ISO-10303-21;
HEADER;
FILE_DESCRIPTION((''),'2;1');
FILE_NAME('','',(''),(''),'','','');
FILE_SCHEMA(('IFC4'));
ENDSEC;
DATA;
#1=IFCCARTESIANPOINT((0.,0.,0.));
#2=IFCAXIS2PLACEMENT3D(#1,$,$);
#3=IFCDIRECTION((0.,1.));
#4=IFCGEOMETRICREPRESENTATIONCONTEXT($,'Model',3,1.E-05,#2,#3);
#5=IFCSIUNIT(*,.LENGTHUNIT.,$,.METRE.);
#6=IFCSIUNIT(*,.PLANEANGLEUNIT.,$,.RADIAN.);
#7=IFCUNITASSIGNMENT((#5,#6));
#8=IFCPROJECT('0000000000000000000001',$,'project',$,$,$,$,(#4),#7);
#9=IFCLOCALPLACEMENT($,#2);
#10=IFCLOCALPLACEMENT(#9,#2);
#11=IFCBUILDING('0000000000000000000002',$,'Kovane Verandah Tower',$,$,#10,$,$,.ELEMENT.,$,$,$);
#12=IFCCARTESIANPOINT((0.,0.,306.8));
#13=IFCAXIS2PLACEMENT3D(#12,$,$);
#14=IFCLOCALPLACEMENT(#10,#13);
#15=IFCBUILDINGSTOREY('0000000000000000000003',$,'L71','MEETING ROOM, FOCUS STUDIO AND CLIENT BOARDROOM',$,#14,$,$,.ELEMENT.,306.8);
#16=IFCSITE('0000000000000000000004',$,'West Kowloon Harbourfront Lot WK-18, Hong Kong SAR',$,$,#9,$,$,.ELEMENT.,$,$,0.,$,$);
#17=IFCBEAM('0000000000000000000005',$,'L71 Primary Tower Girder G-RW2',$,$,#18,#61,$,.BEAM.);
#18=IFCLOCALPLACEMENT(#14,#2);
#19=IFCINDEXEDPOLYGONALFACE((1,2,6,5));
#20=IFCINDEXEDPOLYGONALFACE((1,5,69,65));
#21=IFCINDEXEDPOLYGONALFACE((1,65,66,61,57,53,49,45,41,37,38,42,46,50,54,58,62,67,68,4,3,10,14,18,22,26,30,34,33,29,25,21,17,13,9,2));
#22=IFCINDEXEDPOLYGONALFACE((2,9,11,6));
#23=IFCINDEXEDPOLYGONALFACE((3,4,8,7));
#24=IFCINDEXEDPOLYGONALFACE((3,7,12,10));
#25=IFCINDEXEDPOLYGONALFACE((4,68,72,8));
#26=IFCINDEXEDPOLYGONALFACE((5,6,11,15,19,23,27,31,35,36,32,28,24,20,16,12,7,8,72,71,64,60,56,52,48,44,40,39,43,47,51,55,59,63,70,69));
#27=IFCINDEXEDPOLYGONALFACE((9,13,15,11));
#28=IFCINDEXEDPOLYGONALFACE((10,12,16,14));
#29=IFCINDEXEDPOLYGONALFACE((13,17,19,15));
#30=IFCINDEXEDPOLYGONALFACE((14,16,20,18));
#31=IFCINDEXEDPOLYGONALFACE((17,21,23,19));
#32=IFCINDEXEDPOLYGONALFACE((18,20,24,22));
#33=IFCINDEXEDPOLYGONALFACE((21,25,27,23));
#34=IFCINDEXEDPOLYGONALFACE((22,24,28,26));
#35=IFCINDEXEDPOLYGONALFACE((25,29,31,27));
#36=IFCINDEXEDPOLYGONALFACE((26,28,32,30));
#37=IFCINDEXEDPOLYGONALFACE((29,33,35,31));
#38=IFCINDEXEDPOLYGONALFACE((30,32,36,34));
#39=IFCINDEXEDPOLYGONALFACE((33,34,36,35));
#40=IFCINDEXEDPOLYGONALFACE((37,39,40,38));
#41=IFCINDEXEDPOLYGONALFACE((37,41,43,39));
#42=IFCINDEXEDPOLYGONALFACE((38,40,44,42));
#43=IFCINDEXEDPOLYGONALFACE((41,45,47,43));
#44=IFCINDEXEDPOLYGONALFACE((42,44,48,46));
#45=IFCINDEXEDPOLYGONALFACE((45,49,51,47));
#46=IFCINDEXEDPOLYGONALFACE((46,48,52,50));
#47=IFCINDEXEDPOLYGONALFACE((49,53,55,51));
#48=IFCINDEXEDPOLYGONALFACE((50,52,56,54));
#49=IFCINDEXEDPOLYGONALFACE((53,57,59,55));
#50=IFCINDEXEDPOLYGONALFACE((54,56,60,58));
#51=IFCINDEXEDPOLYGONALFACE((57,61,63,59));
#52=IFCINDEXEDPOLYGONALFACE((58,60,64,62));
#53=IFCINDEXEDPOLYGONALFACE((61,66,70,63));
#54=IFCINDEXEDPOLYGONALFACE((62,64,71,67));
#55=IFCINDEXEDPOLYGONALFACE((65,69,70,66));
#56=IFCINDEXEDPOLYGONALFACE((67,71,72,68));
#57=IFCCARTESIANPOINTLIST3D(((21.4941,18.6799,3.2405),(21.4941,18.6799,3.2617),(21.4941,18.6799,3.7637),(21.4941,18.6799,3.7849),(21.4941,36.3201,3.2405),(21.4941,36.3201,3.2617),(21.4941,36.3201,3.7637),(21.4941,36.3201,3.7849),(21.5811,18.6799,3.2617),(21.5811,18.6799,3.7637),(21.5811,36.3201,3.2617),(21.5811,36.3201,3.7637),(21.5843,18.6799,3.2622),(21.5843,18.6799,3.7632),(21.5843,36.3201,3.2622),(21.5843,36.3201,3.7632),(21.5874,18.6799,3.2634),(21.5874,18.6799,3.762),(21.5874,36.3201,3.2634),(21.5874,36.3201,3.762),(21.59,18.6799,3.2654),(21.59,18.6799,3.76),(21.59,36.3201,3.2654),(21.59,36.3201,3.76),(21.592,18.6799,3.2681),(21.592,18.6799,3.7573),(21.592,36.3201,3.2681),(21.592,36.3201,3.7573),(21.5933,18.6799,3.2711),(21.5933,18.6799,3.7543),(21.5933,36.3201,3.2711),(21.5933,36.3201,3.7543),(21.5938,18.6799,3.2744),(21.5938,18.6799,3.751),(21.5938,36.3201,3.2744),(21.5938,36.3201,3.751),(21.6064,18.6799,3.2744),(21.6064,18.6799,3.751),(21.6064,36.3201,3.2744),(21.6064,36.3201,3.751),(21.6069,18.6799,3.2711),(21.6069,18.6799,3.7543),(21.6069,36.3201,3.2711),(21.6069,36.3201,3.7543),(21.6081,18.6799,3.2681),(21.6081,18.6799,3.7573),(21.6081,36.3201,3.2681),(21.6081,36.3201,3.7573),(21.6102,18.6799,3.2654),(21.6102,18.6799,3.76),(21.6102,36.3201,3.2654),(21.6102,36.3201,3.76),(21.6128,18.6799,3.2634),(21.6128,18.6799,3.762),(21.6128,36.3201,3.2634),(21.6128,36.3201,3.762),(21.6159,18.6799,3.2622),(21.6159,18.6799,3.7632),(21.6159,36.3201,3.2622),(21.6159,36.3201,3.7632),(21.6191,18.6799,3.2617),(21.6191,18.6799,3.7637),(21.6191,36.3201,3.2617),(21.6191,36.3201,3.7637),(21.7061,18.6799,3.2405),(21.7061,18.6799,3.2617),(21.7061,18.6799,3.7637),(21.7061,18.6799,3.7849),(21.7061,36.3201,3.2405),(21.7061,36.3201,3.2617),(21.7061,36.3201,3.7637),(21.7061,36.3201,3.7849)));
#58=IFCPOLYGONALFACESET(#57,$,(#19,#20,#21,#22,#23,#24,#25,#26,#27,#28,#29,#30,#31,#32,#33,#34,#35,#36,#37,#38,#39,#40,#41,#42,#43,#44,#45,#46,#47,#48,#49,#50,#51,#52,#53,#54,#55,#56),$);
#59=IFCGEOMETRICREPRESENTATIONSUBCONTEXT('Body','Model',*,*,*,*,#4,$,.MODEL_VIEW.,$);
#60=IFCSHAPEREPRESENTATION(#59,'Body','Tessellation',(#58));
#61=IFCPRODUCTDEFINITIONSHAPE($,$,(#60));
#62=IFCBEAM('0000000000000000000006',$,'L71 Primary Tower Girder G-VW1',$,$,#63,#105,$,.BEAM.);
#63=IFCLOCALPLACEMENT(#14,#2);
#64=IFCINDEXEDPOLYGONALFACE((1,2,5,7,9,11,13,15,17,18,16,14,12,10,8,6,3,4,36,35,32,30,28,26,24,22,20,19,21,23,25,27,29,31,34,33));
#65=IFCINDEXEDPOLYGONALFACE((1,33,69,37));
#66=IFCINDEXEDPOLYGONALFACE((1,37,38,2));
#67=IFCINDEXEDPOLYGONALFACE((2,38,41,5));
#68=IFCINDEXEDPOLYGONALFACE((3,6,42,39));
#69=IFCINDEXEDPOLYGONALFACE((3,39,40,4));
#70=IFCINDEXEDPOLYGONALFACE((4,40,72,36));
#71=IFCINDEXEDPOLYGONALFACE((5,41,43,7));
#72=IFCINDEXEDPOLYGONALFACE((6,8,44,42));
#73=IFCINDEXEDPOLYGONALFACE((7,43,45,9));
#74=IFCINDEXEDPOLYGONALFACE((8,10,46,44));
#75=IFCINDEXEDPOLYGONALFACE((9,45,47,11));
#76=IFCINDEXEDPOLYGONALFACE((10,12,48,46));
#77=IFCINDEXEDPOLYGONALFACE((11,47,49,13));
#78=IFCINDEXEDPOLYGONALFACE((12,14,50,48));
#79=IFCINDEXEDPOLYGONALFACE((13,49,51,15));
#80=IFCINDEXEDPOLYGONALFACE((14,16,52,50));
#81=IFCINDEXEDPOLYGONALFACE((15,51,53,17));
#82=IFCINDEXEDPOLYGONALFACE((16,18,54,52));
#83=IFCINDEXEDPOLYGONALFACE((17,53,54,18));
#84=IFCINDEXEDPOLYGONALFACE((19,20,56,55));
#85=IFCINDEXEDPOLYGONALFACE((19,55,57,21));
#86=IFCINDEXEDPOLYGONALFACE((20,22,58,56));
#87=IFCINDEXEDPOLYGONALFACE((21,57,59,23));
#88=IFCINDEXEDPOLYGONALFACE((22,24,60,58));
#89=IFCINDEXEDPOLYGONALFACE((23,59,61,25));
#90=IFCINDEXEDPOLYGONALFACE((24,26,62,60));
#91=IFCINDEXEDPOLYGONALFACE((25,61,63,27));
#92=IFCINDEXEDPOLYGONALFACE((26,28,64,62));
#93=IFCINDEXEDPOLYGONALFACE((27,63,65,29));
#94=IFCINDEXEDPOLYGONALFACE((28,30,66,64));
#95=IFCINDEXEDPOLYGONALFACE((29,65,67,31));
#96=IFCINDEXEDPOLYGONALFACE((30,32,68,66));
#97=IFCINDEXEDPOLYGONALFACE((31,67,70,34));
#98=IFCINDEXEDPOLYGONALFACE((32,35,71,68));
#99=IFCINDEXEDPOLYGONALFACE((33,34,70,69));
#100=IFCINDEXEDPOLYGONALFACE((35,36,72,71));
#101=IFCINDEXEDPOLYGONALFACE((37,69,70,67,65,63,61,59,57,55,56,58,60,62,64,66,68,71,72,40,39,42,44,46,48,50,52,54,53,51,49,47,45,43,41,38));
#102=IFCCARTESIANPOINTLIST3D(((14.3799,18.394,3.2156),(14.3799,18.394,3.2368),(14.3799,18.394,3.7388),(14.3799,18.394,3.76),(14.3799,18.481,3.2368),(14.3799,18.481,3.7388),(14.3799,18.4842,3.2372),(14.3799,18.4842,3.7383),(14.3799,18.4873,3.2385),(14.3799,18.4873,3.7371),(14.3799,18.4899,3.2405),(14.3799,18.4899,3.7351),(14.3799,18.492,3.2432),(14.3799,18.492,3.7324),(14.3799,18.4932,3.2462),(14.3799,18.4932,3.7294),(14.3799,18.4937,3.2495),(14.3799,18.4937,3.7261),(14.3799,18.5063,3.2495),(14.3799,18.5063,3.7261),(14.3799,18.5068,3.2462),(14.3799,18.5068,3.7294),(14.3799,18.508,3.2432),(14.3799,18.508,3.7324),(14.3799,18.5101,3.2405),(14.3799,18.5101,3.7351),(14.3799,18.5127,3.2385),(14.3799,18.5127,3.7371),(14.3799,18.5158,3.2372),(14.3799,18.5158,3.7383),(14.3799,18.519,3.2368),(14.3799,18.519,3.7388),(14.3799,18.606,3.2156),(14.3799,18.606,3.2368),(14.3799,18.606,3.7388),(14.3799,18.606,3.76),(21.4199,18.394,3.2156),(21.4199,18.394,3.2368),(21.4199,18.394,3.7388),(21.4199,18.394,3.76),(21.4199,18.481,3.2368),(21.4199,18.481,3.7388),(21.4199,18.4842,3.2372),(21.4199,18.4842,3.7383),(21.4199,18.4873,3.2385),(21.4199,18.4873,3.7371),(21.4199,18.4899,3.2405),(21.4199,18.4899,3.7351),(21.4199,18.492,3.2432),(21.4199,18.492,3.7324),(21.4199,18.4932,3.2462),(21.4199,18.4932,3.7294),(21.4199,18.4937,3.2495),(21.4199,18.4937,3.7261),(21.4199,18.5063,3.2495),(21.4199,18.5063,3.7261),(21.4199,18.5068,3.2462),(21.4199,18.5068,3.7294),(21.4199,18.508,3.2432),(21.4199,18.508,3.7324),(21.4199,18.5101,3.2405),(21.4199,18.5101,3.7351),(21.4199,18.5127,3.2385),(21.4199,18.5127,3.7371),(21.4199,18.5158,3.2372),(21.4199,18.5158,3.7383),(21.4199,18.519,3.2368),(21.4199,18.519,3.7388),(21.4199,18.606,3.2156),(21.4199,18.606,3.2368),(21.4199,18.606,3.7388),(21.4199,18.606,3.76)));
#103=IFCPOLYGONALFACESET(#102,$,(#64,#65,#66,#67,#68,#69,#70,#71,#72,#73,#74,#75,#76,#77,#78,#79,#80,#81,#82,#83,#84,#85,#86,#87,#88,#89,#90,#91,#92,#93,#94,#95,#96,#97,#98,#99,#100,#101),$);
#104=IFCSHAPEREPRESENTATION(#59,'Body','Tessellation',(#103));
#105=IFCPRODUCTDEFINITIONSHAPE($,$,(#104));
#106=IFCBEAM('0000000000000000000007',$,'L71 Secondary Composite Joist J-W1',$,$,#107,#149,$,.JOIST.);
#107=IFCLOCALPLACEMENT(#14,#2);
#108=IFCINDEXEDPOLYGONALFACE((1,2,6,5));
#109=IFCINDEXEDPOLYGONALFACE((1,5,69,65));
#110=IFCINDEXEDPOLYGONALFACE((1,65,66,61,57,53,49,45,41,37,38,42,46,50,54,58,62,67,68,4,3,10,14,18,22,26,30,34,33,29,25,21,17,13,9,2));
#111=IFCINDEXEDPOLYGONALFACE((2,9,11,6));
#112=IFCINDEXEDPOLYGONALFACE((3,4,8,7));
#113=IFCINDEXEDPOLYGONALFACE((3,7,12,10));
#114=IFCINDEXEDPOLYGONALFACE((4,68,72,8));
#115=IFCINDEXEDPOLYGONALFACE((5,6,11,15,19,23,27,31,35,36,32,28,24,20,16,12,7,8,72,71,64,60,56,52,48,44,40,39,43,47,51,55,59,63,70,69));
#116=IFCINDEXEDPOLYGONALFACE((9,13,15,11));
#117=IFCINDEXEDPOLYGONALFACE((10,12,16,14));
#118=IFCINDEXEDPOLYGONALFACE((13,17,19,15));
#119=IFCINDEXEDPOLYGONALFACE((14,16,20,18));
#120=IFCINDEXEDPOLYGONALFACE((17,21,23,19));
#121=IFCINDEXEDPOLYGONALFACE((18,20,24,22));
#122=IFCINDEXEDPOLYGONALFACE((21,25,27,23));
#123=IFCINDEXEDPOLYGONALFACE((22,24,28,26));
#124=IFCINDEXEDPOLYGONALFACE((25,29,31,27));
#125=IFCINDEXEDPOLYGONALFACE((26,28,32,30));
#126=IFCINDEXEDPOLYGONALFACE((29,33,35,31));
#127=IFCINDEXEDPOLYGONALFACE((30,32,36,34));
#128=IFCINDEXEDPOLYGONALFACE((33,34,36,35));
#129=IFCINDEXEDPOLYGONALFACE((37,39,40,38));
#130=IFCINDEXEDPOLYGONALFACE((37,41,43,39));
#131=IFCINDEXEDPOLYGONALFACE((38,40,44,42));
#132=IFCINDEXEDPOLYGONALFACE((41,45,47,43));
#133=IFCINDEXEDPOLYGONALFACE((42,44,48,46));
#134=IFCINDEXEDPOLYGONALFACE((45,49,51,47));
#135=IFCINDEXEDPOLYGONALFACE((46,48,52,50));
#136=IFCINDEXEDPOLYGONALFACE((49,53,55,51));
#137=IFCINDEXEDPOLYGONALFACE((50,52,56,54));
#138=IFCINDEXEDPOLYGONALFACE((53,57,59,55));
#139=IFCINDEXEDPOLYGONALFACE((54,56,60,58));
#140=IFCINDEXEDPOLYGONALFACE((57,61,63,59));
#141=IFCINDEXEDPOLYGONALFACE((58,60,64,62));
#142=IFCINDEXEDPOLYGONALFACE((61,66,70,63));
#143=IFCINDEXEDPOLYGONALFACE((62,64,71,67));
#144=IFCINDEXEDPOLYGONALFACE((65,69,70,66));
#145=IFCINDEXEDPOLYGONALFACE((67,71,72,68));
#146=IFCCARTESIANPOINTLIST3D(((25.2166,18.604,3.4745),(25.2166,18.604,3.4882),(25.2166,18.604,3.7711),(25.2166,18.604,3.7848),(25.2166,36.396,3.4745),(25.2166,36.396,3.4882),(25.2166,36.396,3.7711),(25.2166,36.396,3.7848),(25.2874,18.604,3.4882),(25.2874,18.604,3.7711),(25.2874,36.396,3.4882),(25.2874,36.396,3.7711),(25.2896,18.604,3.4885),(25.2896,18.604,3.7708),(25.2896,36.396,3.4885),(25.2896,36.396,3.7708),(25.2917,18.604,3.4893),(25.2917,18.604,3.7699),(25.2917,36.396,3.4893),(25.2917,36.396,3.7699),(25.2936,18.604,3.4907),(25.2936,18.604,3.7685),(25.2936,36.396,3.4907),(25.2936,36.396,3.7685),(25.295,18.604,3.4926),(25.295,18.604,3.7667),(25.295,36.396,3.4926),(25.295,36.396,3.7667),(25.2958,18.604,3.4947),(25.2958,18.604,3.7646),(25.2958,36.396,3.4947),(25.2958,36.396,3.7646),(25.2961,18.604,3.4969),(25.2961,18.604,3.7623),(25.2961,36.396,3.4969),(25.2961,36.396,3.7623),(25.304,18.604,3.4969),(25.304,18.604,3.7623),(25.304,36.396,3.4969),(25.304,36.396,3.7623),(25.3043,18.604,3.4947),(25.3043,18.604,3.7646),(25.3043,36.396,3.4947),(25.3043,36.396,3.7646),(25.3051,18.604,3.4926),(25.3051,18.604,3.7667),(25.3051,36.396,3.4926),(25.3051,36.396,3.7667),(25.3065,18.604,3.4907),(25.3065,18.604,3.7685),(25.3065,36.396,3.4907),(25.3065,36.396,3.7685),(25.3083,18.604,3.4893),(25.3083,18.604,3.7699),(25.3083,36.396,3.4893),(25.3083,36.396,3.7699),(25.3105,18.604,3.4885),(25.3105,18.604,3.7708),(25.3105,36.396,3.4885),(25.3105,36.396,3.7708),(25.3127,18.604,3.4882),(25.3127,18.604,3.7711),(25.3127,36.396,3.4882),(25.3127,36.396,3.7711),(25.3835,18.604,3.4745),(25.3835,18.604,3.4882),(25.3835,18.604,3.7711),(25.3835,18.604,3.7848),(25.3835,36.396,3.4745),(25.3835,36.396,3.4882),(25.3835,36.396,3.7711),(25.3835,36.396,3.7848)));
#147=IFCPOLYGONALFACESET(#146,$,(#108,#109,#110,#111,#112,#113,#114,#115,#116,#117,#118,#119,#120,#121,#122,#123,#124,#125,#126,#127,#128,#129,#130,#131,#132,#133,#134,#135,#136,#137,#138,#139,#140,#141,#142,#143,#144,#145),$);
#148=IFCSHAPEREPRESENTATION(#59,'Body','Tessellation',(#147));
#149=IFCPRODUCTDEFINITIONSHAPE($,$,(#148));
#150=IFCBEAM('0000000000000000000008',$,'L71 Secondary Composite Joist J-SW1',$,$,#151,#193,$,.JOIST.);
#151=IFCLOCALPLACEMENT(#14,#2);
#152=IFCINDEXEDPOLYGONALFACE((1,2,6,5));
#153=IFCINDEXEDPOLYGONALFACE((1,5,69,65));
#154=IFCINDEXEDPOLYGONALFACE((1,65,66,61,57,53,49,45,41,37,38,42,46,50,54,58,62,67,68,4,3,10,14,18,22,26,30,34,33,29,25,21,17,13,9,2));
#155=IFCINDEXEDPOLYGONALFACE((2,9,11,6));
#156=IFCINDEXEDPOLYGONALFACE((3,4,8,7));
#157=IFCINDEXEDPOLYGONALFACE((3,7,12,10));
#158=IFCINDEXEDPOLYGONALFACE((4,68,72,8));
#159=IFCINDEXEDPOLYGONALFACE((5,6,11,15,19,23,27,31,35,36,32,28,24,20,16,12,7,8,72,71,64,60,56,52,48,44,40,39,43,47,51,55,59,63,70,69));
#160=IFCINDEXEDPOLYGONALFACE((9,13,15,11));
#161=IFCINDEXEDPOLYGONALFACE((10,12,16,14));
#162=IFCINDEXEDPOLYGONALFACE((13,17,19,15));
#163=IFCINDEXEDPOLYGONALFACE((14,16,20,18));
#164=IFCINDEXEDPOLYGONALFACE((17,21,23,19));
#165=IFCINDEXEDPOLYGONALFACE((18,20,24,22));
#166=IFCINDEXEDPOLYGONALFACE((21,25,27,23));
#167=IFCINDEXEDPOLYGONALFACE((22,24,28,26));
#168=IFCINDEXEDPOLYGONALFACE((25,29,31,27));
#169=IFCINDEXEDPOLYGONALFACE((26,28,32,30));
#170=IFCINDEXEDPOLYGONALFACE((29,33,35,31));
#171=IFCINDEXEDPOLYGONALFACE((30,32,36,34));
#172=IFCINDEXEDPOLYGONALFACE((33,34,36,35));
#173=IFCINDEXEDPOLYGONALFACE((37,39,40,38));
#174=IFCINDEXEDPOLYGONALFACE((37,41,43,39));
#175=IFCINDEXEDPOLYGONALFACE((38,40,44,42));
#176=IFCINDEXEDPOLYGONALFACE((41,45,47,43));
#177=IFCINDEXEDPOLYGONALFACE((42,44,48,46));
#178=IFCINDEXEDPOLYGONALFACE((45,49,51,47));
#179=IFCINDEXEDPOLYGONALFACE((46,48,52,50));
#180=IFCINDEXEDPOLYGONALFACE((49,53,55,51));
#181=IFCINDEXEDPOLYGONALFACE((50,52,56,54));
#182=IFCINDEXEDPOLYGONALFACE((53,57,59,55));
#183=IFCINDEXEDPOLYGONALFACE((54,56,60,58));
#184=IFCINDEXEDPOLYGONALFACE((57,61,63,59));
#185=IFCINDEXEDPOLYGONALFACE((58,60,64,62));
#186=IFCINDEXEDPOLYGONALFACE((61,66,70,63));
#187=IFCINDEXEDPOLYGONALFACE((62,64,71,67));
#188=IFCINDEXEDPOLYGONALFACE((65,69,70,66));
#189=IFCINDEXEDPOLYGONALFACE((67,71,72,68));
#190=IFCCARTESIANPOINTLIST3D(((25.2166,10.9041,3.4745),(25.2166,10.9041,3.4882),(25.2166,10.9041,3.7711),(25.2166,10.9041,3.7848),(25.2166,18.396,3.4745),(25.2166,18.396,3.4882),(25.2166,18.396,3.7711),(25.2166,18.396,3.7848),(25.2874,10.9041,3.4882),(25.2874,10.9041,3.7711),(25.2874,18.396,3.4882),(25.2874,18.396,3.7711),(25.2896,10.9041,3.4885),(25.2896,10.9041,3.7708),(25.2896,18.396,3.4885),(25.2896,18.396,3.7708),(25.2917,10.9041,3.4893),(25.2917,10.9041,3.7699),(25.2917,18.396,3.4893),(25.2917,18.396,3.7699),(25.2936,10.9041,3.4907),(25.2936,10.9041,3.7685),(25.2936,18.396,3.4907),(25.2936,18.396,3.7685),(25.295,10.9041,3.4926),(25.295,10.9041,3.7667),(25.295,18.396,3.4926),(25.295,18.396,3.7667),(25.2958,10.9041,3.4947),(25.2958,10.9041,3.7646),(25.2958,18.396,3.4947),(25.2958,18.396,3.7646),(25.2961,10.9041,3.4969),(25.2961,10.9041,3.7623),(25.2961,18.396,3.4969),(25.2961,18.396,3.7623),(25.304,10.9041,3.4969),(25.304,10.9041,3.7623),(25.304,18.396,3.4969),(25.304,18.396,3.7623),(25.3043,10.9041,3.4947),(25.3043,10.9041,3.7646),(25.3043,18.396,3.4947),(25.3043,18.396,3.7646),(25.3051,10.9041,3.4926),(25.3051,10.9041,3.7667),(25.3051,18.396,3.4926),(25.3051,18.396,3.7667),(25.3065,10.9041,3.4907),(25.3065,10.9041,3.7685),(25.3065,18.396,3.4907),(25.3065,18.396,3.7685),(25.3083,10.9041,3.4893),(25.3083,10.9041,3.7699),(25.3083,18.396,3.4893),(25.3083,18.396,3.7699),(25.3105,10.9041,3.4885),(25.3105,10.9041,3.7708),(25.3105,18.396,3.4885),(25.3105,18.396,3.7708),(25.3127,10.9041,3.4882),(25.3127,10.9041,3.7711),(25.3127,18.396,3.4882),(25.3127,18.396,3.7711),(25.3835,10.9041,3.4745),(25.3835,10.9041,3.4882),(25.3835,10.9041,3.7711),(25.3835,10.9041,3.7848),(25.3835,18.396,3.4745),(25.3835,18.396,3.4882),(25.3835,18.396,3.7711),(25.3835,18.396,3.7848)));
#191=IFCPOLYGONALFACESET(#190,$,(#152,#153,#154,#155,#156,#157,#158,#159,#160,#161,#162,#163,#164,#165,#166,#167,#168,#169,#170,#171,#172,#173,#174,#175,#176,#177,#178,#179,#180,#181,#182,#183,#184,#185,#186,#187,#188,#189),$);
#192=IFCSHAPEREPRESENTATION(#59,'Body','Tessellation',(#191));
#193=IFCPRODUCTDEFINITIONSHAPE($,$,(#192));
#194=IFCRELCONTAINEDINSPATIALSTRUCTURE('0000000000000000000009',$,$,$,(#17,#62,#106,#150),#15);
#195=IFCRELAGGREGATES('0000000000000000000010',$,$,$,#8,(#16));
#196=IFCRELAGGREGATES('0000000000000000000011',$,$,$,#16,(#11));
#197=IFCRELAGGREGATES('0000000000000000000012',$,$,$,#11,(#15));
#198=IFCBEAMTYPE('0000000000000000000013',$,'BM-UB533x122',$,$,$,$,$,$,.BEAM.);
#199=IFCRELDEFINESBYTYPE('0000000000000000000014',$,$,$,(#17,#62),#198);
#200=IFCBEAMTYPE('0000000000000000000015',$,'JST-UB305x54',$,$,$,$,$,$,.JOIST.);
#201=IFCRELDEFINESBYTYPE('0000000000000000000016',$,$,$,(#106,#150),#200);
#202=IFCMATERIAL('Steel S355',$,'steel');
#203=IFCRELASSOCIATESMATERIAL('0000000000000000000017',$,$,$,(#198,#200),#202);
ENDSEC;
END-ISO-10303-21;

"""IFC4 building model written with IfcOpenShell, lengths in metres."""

from ifc_helpers import new_model, si_unit, direction, frame, origin, origin_2d, place, context, subcontext, project, spatial, i_section, extrude, material, material_profile, profile_set, type_object, element, save


model = new_model("IFC4")

# Units and contexts
model_context = context("Model", 3, precision=1e-05, world=origin(), true_north=direction((0.0, 1.0)))
body_context = subcontext(model_context, "Body", "Model", "MODEL_VIEW")
ifc_project = project(units=[si_unit("LENGTHUNIT", "METRE"), si_unit("PLANEANGLEUNIT", "RADIAN")], contexts=[model_context])

# Site, building, storey
site_placement = place(None, origin())
site = spatial("IfcSite", under=ifc_project, at=site_placement, Name="West Kowloon Harbourfront Lot WK-18, Hong Kong SAR", CompositionType="ELEMENT", RefElevation=0.0)
building_placement = place(site_placement, origin())
building = spatial("IfcBuilding", under=site, at=building_placement, Name="Kovane Verandah Tower", CompositionType="ELEMENT")
storey_placement = place(building_placement, frame((0.0, 0.0, 306.8)))
storey = spatial("IfcBuildingStorey", under=building, at=storey_placement, Name="L71", Description="MEETING ROOM, FOCUS STUDIO AND CLIENT BOARDROOM", CompositionType="ELEMENT", Elevation=306.8)

# Beams
ifc_material_1 = material(Name="Steel S355", Category="steel")
ifc_material_profile_1 = material_profile(ifc_material_1, i_section(OverallWidth=0.2119, OverallDepth=0.5444, WebThickness=0.0127, FlangeThickness=0.0212, FilletRadius=0.0127, at=origin_2d()), Name="UB533x210x122")
ifc_profile_set_1 = profile_set([ifc_material_profile_1], Name="Steel S355")
beam_type_1 = type_object("IfcBeamType", Name="BM-UB533x122", PredefinedType="BEAM", material=ifc_profile_set_1)
beam_1_placement = place(storey_placement, frame((21.6001, 18.6799, 3.5127), z_axis=(0.0, 1.0, 0.0), x_axis=(-1.0, 0.0, 0.0)))
element("IfcBeam", 1, at=beam_1_placement, inside=storey, type_object=beam_type_1, Name="L71 Primary Tower Girder G-RW2", PredefinedType="BEAM", context=body_context, shape_type="SweptSolid", body=[
    extrude(i_section(OverallWidth=0.2119, OverallDepth=0.5444, WebThickness=0.0127, FlangeThickness=0.0212, FilletRadius=0.0127, at=origin_2d()), origin(), (0.0, 0.0, 1.0), 17.6401),
])
beam_2_placement = place(storey_placement, frame((21.4199, 18.5, 3.4878), z_axis=(-1.0, 0.0, 0.0), x_axis=(0.0, -1.0, 0.0)))
element("IfcBeam", 2, at=beam_2_placement, inside=storey, type_object=beam_type_1, Name="L71 Primary Tower Girder G-VW1", PredefinedType="BEAM", context=body_context, shape_type="SweptSolid", body=[
    extrude(i_section(OverallWidth=0.2119, OverallDepth=0.5444, WebThickness=0.0127, FlangeThickness=0.0212, FilletRadius=0.0127, at=origin_2d()), origin(), (0.0, 0.0, 1.0), 7.04),
])
ifc_material_profile_2 = material_profile(ifc_material_1, i_section(OverallWidth=0.167, OverallDepth=0.3103, WebThickness=0.0078, FlangeThickness=0.0137, FilletRadius=0.0088, at=origin_2d()), Name="UB305x165x54")
ifc_profile_set_2 = profile_set([ifc_material_profile_2], Name="Steel S355")
beam_type_2 = type_object("IfcBeamType", Name="JST-UB305x54", PredefinedType="JOIST", material=ifc_profile_set_2)
beam_3_placement = place(storey_placement, frame((25.3, 18.604, 3.6296), z_axis=(0.0, 1.0, 0.0), x_axis=(-1.0, 0.0, 0.0)))
element("IfcBeam", 3, at=beam_3_placement, inside=storey, type_object=beam_type_2, Name="L71 Secondary Composite Joist J-W1", PredefinedType="JOIST", context=body_context, shape_type="SweptSolid", body=[
    extrude(i_section(OverallWidth=0.167, OverallDepth=0.3103, WebThickness=0.0078, FlangeThickness=0.0137, FilletRadius=0.0088, at=origin_2d()), origin(), (0.0, 0.0, 1.0), 17.792),
])
beam_4_placement = place(storey_placement, frame((25.3, 10.9041, 3.6296), z_axis=(0.0, 1.0, 0.0), x_axis=(-1.0, 0.0, 0.0)))
element("IfcBeam", 4, at=beam_4_placement, inside=storey, type_object=beam_type_2, Name="L71 Secondary Composite Joist J-SW1", PredefinedType="JOIST", context=body_context, shape_type="SweptSolid", body=[
    extrude(i_section(OverallWidth=0.167, OverallDepth=0.3103, WebThickness=0.0078, FlangeThickness=0.0137, FilletRadius=0.0088, at=origin_2d()), origin(), (0.0, 0.0, 1.0), 7.4919),
])

save(model, "model.ifc")
